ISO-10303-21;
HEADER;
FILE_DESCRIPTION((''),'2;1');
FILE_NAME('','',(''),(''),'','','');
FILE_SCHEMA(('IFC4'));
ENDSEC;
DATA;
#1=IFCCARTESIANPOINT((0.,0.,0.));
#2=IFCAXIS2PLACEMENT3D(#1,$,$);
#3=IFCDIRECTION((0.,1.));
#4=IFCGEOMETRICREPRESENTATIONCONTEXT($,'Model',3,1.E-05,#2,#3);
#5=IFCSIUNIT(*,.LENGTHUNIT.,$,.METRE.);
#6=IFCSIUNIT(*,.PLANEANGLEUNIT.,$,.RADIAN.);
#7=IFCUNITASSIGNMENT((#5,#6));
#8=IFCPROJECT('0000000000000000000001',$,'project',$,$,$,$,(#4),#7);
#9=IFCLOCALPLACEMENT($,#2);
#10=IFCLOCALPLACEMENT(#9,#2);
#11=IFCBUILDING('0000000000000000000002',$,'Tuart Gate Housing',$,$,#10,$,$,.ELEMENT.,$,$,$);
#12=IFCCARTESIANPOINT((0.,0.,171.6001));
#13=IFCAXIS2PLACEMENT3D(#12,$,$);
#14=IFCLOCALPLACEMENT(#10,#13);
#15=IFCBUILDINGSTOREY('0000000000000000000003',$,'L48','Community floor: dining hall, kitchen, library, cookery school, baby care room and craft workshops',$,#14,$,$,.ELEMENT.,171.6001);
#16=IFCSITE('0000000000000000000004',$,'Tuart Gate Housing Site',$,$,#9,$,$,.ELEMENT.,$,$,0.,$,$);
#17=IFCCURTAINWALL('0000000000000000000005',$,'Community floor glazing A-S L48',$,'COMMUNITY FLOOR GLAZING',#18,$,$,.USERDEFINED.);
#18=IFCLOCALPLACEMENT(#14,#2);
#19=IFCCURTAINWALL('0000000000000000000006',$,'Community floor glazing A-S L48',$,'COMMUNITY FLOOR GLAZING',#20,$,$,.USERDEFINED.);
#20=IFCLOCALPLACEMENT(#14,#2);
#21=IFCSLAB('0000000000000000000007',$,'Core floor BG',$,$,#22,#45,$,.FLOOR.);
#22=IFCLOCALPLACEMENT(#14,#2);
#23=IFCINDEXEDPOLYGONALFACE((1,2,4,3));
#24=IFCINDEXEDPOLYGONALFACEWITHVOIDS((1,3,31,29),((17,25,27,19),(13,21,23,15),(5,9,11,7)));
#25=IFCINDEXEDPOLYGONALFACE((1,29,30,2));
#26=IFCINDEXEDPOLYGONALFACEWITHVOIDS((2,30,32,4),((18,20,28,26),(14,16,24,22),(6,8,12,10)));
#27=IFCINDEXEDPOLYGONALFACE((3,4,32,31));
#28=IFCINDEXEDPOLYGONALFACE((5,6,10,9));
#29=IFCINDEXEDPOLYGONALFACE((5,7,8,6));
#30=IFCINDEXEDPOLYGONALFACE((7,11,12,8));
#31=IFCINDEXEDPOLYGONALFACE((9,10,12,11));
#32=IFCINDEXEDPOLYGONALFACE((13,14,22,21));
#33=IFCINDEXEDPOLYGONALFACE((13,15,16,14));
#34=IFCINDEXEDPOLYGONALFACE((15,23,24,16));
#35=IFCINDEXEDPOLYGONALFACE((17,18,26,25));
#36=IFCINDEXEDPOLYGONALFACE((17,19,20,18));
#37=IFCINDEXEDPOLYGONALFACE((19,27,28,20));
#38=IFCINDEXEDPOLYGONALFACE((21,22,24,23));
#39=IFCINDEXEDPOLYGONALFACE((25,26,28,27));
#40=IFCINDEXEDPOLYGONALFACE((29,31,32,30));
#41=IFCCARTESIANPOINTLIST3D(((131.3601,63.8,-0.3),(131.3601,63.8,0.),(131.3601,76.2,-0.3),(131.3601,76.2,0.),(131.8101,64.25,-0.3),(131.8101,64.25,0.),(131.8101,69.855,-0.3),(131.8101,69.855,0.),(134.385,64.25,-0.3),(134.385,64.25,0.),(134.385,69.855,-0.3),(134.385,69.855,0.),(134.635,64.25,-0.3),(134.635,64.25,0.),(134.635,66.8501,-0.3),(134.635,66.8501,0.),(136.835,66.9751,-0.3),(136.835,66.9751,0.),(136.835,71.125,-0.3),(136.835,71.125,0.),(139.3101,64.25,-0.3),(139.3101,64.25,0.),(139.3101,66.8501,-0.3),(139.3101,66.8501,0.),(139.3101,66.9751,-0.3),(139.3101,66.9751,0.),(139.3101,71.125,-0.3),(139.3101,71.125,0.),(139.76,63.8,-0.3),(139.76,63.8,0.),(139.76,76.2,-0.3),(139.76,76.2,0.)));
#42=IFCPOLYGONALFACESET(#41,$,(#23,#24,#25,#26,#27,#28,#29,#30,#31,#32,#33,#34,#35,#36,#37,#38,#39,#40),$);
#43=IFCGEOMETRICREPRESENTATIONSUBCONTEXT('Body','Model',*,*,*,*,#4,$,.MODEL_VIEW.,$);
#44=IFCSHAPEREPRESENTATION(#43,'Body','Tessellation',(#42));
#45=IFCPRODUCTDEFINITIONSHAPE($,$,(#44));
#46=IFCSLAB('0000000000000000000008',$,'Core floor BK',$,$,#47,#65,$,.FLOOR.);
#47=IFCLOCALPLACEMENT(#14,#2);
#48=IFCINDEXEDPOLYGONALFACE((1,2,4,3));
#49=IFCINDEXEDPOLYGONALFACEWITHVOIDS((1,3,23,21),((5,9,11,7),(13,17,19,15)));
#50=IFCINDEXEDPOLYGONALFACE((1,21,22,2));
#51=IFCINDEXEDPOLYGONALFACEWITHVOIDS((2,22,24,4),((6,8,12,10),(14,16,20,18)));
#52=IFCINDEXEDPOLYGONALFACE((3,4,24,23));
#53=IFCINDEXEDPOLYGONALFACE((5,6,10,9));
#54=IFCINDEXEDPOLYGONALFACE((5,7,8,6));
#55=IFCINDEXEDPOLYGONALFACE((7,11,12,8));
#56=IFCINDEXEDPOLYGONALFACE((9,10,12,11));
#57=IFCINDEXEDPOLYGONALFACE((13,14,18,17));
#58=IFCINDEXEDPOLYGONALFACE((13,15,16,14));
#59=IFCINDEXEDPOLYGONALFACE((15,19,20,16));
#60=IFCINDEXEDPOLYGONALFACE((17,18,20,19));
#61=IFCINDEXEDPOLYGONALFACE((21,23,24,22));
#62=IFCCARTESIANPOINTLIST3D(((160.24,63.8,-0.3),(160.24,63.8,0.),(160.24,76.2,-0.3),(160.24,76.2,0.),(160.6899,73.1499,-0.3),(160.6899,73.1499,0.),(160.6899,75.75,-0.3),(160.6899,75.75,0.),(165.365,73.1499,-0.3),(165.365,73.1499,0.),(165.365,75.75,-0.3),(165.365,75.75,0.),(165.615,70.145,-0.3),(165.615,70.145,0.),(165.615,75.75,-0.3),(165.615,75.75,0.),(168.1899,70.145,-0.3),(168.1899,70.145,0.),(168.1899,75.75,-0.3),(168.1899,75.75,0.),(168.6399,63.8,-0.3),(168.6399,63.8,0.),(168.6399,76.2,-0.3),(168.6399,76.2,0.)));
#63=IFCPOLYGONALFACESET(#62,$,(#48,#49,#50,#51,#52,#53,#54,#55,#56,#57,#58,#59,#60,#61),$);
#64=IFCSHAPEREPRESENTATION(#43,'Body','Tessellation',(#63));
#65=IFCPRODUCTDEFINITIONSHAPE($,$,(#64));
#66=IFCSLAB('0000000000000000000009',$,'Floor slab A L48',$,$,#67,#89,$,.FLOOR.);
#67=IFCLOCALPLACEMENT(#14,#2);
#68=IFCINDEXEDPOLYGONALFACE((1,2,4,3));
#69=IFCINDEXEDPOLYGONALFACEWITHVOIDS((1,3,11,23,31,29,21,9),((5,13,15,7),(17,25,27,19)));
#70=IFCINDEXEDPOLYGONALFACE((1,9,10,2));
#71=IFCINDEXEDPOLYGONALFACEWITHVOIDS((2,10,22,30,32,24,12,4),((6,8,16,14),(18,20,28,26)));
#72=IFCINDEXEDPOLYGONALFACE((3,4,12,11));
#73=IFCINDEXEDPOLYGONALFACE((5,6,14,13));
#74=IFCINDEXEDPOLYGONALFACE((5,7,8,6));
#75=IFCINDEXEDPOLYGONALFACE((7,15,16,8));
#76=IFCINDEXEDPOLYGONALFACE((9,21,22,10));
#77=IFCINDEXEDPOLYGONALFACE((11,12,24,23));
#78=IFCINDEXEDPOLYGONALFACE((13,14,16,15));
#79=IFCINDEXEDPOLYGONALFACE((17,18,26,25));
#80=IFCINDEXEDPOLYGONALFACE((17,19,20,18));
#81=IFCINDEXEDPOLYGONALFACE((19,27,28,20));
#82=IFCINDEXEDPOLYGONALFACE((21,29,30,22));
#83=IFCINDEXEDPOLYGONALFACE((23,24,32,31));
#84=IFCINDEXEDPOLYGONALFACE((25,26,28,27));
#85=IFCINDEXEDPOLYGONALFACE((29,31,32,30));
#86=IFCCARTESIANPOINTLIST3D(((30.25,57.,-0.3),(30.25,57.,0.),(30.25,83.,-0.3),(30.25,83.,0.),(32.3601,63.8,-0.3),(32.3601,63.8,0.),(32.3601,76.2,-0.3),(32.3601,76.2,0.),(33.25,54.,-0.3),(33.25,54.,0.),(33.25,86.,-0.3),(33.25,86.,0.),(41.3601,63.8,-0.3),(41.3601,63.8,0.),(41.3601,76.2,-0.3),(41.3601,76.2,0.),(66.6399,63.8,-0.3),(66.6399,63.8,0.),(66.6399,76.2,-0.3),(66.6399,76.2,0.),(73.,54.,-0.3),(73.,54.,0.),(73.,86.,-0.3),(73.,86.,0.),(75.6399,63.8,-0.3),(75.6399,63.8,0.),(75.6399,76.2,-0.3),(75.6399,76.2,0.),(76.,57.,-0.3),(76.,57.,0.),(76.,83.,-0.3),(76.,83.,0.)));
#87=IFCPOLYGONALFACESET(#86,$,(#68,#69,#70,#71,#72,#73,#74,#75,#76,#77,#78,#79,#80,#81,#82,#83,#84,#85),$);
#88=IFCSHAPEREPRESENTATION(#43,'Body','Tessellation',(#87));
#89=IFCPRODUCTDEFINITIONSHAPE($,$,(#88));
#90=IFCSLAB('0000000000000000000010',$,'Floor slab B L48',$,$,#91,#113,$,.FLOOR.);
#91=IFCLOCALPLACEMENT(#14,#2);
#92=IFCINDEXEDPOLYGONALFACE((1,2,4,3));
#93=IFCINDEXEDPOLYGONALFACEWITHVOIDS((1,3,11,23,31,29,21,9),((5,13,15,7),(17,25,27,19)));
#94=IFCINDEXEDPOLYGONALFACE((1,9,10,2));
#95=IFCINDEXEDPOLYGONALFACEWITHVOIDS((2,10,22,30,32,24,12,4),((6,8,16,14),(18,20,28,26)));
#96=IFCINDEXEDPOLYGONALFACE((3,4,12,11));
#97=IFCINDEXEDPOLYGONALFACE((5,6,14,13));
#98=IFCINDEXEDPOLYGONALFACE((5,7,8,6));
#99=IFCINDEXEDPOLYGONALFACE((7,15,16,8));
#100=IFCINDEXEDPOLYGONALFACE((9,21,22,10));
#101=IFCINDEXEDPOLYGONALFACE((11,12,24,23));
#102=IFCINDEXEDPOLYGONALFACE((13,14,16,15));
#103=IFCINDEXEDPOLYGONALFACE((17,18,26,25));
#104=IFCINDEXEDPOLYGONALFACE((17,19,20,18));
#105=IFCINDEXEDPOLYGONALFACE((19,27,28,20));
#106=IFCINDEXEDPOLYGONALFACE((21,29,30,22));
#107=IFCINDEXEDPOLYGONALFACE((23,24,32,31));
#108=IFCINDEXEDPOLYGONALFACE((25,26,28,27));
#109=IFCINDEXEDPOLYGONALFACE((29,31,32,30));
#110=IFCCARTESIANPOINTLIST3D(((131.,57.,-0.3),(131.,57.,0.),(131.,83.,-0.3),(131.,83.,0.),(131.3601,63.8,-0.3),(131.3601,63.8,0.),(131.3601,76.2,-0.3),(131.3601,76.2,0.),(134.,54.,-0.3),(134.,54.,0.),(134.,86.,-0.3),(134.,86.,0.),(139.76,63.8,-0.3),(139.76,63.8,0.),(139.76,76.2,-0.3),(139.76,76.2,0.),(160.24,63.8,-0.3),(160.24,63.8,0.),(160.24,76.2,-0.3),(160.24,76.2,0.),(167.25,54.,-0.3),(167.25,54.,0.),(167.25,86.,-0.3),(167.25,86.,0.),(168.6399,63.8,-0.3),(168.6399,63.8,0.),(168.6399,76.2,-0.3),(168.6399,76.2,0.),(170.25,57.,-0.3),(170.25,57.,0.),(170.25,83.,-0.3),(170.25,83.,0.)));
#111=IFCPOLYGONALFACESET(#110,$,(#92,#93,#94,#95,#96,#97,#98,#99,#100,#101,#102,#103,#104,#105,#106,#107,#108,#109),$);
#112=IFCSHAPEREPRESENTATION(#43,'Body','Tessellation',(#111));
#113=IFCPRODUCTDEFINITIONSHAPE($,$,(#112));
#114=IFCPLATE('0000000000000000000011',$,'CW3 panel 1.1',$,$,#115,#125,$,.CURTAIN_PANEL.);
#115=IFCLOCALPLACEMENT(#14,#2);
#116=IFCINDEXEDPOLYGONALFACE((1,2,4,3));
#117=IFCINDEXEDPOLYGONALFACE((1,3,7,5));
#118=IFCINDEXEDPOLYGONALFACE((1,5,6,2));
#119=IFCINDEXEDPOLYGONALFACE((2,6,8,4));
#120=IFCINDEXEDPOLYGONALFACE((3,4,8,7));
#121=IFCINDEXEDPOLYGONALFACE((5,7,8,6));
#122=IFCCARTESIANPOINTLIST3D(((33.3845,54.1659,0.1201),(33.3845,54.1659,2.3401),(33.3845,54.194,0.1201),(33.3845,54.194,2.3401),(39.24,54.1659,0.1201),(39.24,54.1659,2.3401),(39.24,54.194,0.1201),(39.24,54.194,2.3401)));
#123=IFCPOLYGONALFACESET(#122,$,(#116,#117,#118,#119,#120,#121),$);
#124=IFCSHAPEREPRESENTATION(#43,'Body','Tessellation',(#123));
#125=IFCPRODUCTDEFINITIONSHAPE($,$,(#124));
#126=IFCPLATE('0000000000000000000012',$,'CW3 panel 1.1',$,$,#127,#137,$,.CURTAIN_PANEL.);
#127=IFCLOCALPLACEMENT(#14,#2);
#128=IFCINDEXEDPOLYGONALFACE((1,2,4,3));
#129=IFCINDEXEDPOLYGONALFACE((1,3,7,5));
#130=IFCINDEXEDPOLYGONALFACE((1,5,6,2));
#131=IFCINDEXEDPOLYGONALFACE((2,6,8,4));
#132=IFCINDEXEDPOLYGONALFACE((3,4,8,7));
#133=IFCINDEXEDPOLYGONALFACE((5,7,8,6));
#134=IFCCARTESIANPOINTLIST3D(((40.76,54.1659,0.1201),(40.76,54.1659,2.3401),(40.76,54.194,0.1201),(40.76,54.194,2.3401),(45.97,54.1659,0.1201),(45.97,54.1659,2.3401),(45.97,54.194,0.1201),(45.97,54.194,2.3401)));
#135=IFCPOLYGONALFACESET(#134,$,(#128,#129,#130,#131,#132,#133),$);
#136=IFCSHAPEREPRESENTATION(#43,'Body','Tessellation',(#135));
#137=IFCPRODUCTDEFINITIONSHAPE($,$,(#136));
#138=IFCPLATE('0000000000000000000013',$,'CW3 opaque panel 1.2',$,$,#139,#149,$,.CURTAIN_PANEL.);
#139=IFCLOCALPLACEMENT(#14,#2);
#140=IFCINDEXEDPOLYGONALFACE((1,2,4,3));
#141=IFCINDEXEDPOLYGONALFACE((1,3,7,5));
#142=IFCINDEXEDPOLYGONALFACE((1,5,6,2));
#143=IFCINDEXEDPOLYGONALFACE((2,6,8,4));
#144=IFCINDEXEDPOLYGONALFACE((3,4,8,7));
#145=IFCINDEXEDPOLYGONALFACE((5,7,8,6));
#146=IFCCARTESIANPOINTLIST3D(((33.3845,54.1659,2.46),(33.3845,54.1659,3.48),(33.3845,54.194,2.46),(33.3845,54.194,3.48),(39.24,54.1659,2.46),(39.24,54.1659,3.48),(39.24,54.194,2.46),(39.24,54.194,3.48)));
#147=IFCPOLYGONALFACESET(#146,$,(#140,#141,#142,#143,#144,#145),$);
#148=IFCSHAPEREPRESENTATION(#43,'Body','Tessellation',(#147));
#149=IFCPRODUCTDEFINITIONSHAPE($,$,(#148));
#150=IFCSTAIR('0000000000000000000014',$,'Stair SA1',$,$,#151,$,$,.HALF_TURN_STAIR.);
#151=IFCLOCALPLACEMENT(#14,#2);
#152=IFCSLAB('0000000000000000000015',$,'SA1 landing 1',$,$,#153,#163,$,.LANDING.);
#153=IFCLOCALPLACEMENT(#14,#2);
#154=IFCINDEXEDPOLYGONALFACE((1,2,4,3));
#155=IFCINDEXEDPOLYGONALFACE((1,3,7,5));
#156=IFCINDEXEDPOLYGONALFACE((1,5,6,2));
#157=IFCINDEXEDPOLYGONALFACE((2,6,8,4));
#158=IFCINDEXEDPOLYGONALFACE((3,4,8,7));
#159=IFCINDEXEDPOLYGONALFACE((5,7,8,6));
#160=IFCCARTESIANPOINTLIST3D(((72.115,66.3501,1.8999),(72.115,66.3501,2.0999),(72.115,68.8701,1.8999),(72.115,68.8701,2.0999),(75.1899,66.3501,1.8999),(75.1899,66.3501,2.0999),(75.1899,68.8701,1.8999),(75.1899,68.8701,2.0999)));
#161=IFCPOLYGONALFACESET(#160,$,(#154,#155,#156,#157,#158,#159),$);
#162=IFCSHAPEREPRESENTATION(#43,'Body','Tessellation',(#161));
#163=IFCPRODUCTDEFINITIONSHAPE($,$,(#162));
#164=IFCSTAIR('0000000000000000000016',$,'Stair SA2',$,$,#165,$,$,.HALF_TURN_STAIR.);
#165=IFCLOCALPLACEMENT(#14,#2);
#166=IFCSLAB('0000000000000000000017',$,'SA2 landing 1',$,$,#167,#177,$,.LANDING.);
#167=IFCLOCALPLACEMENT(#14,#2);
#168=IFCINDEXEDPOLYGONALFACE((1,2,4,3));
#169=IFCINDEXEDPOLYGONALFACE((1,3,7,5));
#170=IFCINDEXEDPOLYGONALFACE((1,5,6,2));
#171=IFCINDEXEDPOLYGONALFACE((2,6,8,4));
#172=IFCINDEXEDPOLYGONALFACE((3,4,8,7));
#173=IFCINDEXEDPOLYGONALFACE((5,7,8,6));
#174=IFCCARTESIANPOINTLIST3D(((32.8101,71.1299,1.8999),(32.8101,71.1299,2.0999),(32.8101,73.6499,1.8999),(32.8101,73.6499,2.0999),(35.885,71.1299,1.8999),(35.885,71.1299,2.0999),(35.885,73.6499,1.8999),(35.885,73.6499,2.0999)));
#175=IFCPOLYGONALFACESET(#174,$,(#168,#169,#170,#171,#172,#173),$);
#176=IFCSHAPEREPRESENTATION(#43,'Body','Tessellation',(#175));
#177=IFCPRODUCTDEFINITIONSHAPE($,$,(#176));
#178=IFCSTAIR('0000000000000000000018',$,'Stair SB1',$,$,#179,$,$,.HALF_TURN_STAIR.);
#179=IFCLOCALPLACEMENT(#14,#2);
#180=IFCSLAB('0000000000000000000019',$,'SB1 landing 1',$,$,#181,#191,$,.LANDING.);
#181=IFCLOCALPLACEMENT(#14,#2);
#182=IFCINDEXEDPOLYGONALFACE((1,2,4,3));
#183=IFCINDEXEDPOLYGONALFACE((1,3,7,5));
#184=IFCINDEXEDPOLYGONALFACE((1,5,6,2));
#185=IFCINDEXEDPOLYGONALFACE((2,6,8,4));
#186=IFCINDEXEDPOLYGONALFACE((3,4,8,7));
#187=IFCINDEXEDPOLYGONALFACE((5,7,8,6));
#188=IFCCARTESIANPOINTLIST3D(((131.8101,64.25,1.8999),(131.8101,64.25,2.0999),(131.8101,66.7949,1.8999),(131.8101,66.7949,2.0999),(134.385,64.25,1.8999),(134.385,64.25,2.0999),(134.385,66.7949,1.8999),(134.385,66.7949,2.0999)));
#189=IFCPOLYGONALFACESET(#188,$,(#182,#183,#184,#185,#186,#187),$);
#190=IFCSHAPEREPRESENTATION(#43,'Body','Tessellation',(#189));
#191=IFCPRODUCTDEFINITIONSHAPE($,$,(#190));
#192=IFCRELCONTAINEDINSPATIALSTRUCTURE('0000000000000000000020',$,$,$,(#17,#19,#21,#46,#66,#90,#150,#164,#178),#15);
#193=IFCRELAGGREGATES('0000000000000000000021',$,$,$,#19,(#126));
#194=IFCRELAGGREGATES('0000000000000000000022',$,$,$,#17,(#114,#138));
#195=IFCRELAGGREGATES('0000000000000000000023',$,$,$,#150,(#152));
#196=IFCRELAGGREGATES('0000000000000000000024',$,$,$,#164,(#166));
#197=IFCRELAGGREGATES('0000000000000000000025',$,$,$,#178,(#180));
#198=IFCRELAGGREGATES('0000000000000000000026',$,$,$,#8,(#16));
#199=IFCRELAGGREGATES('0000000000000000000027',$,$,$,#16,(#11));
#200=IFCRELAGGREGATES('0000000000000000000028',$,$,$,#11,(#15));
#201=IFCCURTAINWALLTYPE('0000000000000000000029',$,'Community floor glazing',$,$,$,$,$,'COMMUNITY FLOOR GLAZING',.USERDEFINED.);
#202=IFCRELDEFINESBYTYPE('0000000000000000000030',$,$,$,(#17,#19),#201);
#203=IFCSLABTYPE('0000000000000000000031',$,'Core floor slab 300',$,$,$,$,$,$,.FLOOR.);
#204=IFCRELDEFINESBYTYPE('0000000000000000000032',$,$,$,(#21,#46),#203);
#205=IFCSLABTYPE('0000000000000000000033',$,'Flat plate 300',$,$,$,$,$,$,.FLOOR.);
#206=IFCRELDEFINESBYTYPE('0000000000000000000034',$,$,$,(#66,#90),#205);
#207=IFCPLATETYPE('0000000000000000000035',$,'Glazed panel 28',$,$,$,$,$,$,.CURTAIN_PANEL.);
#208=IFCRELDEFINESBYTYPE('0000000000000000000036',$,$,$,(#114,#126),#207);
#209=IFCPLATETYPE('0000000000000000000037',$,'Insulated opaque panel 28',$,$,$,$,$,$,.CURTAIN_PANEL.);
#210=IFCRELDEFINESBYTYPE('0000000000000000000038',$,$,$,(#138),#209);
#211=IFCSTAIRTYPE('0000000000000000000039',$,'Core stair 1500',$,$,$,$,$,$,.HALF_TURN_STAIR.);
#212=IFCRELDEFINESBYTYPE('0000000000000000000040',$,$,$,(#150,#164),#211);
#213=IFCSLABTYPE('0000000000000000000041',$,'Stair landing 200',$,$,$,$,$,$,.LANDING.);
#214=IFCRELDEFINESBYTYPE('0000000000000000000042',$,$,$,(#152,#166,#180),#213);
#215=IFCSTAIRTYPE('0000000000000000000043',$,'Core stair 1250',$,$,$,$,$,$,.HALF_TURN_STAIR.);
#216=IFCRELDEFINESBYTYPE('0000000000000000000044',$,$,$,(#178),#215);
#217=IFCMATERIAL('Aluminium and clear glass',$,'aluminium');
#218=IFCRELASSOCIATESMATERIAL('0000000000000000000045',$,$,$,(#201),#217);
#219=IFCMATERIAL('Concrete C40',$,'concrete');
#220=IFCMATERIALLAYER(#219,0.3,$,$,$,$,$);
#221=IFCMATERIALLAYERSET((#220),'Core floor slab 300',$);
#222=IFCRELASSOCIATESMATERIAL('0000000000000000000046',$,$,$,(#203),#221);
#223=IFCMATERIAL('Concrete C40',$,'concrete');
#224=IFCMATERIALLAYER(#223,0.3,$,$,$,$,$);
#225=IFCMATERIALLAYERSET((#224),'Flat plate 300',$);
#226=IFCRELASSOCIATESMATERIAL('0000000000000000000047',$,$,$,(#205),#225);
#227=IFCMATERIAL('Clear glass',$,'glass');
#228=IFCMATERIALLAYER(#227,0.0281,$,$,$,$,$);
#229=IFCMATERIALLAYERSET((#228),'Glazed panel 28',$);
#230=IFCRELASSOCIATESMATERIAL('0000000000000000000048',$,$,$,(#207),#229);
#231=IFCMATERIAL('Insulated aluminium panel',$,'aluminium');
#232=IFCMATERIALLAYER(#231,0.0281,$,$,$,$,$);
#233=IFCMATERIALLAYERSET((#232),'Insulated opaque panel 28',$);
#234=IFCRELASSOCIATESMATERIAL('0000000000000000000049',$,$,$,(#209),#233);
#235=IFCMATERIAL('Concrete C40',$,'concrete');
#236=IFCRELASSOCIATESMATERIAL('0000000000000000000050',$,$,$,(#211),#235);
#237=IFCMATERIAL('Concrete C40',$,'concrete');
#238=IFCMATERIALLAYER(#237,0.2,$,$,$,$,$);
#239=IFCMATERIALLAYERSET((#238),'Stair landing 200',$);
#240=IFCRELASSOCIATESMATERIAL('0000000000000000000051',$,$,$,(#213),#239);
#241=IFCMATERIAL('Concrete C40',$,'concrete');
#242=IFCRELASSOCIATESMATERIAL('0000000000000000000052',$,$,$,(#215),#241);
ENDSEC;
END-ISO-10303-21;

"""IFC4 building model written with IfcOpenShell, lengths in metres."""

from ifc_helpers import new_model, si_unit, direction, frame, origin, origin_2d, place, context, subcontext, project, spatial, polyline, rectangle, outline, extrude, material, layer, layer_set, type_object, element, aggregate, save


model = new_model("IFC4")

# Units and contexts
model_context = context("Model", 3, precision=1e-05, world=origin(), true_north=direction((0.0, 1.0)))
body_context = subcontext(model_context, "Body", "Model", "MODEL_VIEW")
ifc_project = project(units=[si_unit("LENGTHUNIT", "METRE"), si_unit("PLANEANGLEUNIT", "RADIAN")], contexts=[model_context])

# Site, building, storey
site_placement = place(None, origin())
site = spatial("IfcSite", under=ifc_project, at=site_placement, Name="Tuart Gate Housing Site", CompositionType="ELEMENT", RefElevation=0.0)
building_placement = place(site_placement, origin())
building = spatial("IfcBuilding", under=site, at=building_placement, Name="Tuart Gate Housing", CompositionType="ELEMENT")
storey_placement = place(building_placement, frame((0.0, 0.0, 171.6001)))
storey = spatial("IfcBuildingStorey", under=building, at=storey_placement, Name="L48", Description="Community floor: dining hall, kitchen, library, cookery school, baby care room and craft workshops", CompositionType="ELEMENT", Elevation=171.6001)

# Curtain wall
ifc_material_1 = material(Name="Aluminium and clear glass", Category="aluminium")
curtain_wall_type = type_object("IfcCurtainWallType", Name="Community floor glazing", ElementType="COMMUNITY FLOOR GLAZING", PredefinedType="USERDEFINED", material=ifc_material_1)
curtain_wall_1_placement = place(storey_placement, origin())
curtain_wall_1 = element("IfcCurtainWall", 1, at=curtain_wall_1_placement, inside=storey, type_object=curtain_wall_type, Name="Community floor glazing A-S L48", ObjectType="COMMUNITY FLOOR GLAZING", PredefinedType="USERDEFINED")

# Curtain wall
curtain_wall_2_placement = place(storey_placement, origin())
curtain_wall_2 = element("IfcCurtainWall", 2, at=curtain_wall_2_placement, inside=storey, type_object=curtain_wall_type, Name="Community floor glazing A-S L48", ObjectType="COMMUNITY FLOOR GLAZING", PredefinedType="USERDEFINED")

# Slabs
ifc_material_2 = material(Name="Concrete C40", Category="concrete")
ifc_layer_1 = layer(ifc_material_2, 0.3)
ifc_layer_set_1 = layer_set([ifc_layer_1], Name="Core floor slab 300")
slab_type_1 = type_object("IfcSlabType", Name="Core floor slab 300", PredefinedType="FLOOR", material=ifc_layer_set_1)
slab_1_placement = place(storey_placement, frame((0.0, 0.0, -0.3)))
element("IfcSlab", 3, at=slab_1_placement, inside=storey, type_object=slab_type_1, Name="Core floor BG", PredefinedType="FLOOR", context=body_context, shape_type="SweptSolid", body=[
    extrude(outline(polyline([(131.3601, 63.8), (139.76, 63.8), (139.76, 76.2), (131.3601, 76.2), (131.3601, 63.8)]), holes=[polyline([(139.3101, 66.8501), (134.635, 66.8501), (134.635, 64.25), (139.3101, 64.25), (139.3101, 66.8501)]), polyline([(139.3101, 71.125), (136.835, 71.125), (136.835, 66.9751), (139.3101, 66.9751), (139.3101, 71.125)]), polyline([(134.385, 69.855), (131.8101, 69.855), (131.8101, 64.25), (134.385, 64.25), (134.385, 69.855)])]), origin(), (0.0, 0.0, 1.0), 0.3),
])
slab_2_placement = place(storey_placement, frame((0.0, 0.0, -0.3)))
element("IfcSlab", 4, at=slab_2_placement, inside=storey, type_object=slab_type_1, Name="Core floor BK", PredefinedType="FLOOR", context=body_context, shape_type="SweptSolid", body=[
    extrude(outline(polyline([(160.24, 63.8), (168.6399, 63.8), (168.6399, 76.2), (160.24, 76.2), (160.24, 63.8)]), holes=[polyline([(160.6899, 73.1499), (165.365, 73.1499), (165.365, 75.75), (160.6899, 75.75), (160.6899, 73.1499)]), polyline([(165.615, 70.145), (168.1899, 70.145), (168.1899, 75.75), (165.615, 75.75), (165.615, 70.145)])]), origin(), (0.0, 0.0, 1.0), 0.3),
])
ifc_material_3 = material(Name="Concrete C40", Category="concrete")
ifc_layer_2 = layer(ifc_material_3, 0.3)
ifc_layer_set_2 = layer_set([ifc_layer_2], Name="Flat plate 300")
slab_type_2 = type_object("IfcSlabType", Name="Flat plate 300", PredefinedType="FLOOR", material=ifc_layer_set_2)
slab_3_placement = place(storey_placement, frame((0.0, 0.0, -0.3)))
element("IfcSlab", 5, at=slab_3_placement, inside=storey, type_object=slab_type_2, Name="Floor slab A L48", PredefinedType="FLOOR", context=body_context, shape_type="SweptSolid", body=[
    extrude(outline(polyline([(33.25, 86.0), (30.25, 83.0), (30.25, 57.0), (33.25, 54.0), (73.0, 54.0), (76.0, 57.0), (76.0, 83.0), (73.0, 86.0), (33.25, 86.0)]), holes=[polyline([(66.6399, 76.2), (75.6399, 76.2), (75.6399, 63.8), (66.6399, 63.8), (66.6399, 76.2)]), polyline([(41.3601, 76.2), (41.3601, 63.8), (32.3601, 63.8), (32.3601, 76.2), (41.3601, 76.2)])]), origin(), (0.0, 0.0, 1.0), 0.3),
])
slab_4_placement = place(storey_placement, frame((0.0, 0.0, -0.3)))
element("IfcSlab", 6, at=slab_4_placement, inside=storey, type_object=slab_type_2, Name="Floor slab B L48", PredefinedType="FLOOR", context=body_context, shape_type="SweptSolid", body=[
    extrude(outline(polyline([(134.0, 86.0), (131.0, 83.0), (131.0, 57.0), (134.0, 54.0), (167.25, 54.0), (170.25, 57.0), (170.25, 83.0), (167.25, 86.0), (134.0, 86.0)]), holes=[polyline([(131.3601, 76.2), (139.76, 76.2), (139.76, 63.8), (131.3601, 63.8), (131.3601, 76.2)]), polyline([(168.6399, 76.2), (168.6399, 63.8), (160.24, 63.8), (160.24, 76.2), (168.6399, 76.2)])]), origin(), (0.0, 0.0, 1.0), 0.3),
])

# Plates
ifc_material_4 = material(Name="Clear glass", Category="glass")
ifc_layer_3 = layer(ifc_material_4, 0.0281)
ifc_layer_set_3 = layer_set([ifc_layer_3], Name="Glazed panel 28")
plate_type_1 = type_object("IfcPlateType", Name="Glazed panel 28", PredefinedType="CURTAIN_PANEL", material=ifc_layer_set_3)
plate_1_placement = place(storey_placement, frame((36.3123, 54.1799, 0.1201), z_axis=(0.0, 0.0, 1.0), x_axis=(1.0, 0.0, 0.0)))
plate_1 = element("IfcPlate", 7, at=plate_1_placement, type_object=plate_type_1, Name="CW3 panel 1.1", PredefinedType="CURTAIN_PANEL", context=body_context, shape_type="SweptSolid", body=[
    extrude(rectangle(XDim=5.8555, YDim=0.0281, at=origin_2d()), origin(), (0.0, 0.0, 1.0), 2.22),
])
plate_2_placement = place(storey_placement, frame((43.365, 54.1799, 0.1201), z_axis=(0.0, 0.0, 1.0), x_axis=(1.0, 0.0, 0.0)))
plate_2 = element("IfcPlate", 8, at=plate_2_placement, type_object=plate_type_1, Name="CW3 panel 1.1", PredefinedType="CURTAIN_PANEL", context=body_context, shape_type="SweptSolid", body=[
    extrude(rectangle(XDim=5.21, YDim=0.0281, at=origin_2d()), origin(), (0.0, 0.0, 1.0), 2.22),
])
aggregate(curtain_wall_2, [plate_2])
ifc_material_5 = material(Name="Insulated aluminium panel", Category="aluminium")
ifc_layer_4 = layer(ifc_material_5, 0.0281)
ifc_layer_set_4 = layer_set([ifc_layer_4], Name="Insulated opaque panel 28")
plate_type_2 = type_object("IfcPlateType", Name="Insulated opaque panel 28", PredefinedType="CURTAIN_PANEL", material=ifc_layer_set_4)
plate_3_placement = place(storey_placement, frame((36.3123, 54.1799, 2.46), z_axis=(0.0, 0.0, 1.0), x_axis=(1.0, 0.0, 0.0)))
plate_3 = element("IfcPlate", 9, at=plate_3_placement, type_object=plate_type_2, Name="CW3 opaque panel 1.2", PredefinedType="CURTAIN_PANEL", context=body_context, shape_type="SweptSolid", body=[
    extrude(rectangle(XDim=5.8555, YDim=0.0281, at=origin_2d()), origin(), (0.0, 0.0, 1.0), 1.02),
])
aggregate(curtain_wall_1, [plate_1, plate_3])

# Stairs, slabs
ifc_material_6 = material(Name="Concrete C40", Category="concrete")
stair_type_1 = type_object("IfcStairType", Name="Core stair 1500", PredefinedType="HALF_TURN_STAIR", material=ifc_material_6)
stair_1_placement = place(storey_placement, origin())
stair_1 = element("IfcStair", 10, at=stair_1_placement, inside=storey, type_object=stair_type_1, Name="Stair SA1", PredefinedType="HALF_TURN_STAIR")
ifc_material_7 = material(Name="Concrete C40", Category="concrete")
ifc_layer_5 = layer(ifc_material_7, 0.2)
ifc_layer_set_5 = layer_set([ifc_layer_5], Name="Stair landing 200")
slab_type_3 = type_object("IfcSlabType", Name="Stair landing 200", PredefinedType="LANDING", material=ifc_layer_set_5)
slab_5_placement = place(storey_placement, frame((0.0, 0.0, 1.8999)))
slab_5 = element("IfcSlab", 11, at=slab_5_placement, type_object=slab_type_3, Name="SA1 landing 1", PredefinedType="LANDING", context=body_context, shape_type="SweptSolid", body=[
    extrude(outline(polyline([(72.115, 66.3501), (75.1899, 66.3501), (75.1899, 68.8701), (72.115, 68.8701), (72.115, 66.3501)])), origin(), (0.0, 0.0, 1.0), 0.2),
])
aggregate(stair_1, [slab_5])
stair_2_placement = place(storey_placement, origin())
stair_2 = element("IfcStair", 12, at=stair_2_placement, inside=storey, type_object=stair_type_1, Name="Stair SA2", PredefinedType="HALF_TURN_STAIR")
slab_6_placement = place(storey_placement, frame((0.0, 0.0, 1.8999)))
slab_6 = element("IfcSlab", 13, at=slab_6_placement, type_object=slab_type_3, Name="SA2 landing 1", PredefinedType="LANDING", context=body_context, shape_type="SweptSolid", body=[
    extrude(outline(polyline([(35.885, 73.6499), (32.8101, 73.6499), (32.8101, 71.1299), (35.885, 71.1299), (35.885, 73.6499)])), origin(), (0.0, 0.0, 1.0), 0.2),
])
aggregate(stair_2, [slab_6])
ifc_material_8 = material(Name="Concrete C40", Category="concrete")
stair_type_2 = type_object("IfcStairType", Name="Core stair 1250", PredefinedType="HALF_TURN_STAIR", material=ifc_material_8)
stair_3_placement = place(storey_placement, origin())
stair_3 = element("IfcStair", 14, at=stair_3_placement, inside=storey, type_object=stair_type_2, Name="Stair SB1", PredefinedType="HALF_TURN_STAIR")
slab_7_placement = place(storey_placement, frame((0.0, 0.0, 1.8999)))
slab_7 = element("IfcSlab", 15, at=slab_7_placement, type_object=slab_type_3, Name="SB1 landing 1", PredefinedType="LANDING", context=body_context, shape_type="SweptSolid", body=[
    extrude(outline(polyline([(134.385, 66.7949), (131.8101, 66.7949), (131.8101, 64.25), (134.385, 64.25), (134.385, 66.7949)])), origin(), (0.0, 0.0, 1.0), 0.2),
])
aggregate(stair_3, [slab_7])

save(model, "model.ifc")
